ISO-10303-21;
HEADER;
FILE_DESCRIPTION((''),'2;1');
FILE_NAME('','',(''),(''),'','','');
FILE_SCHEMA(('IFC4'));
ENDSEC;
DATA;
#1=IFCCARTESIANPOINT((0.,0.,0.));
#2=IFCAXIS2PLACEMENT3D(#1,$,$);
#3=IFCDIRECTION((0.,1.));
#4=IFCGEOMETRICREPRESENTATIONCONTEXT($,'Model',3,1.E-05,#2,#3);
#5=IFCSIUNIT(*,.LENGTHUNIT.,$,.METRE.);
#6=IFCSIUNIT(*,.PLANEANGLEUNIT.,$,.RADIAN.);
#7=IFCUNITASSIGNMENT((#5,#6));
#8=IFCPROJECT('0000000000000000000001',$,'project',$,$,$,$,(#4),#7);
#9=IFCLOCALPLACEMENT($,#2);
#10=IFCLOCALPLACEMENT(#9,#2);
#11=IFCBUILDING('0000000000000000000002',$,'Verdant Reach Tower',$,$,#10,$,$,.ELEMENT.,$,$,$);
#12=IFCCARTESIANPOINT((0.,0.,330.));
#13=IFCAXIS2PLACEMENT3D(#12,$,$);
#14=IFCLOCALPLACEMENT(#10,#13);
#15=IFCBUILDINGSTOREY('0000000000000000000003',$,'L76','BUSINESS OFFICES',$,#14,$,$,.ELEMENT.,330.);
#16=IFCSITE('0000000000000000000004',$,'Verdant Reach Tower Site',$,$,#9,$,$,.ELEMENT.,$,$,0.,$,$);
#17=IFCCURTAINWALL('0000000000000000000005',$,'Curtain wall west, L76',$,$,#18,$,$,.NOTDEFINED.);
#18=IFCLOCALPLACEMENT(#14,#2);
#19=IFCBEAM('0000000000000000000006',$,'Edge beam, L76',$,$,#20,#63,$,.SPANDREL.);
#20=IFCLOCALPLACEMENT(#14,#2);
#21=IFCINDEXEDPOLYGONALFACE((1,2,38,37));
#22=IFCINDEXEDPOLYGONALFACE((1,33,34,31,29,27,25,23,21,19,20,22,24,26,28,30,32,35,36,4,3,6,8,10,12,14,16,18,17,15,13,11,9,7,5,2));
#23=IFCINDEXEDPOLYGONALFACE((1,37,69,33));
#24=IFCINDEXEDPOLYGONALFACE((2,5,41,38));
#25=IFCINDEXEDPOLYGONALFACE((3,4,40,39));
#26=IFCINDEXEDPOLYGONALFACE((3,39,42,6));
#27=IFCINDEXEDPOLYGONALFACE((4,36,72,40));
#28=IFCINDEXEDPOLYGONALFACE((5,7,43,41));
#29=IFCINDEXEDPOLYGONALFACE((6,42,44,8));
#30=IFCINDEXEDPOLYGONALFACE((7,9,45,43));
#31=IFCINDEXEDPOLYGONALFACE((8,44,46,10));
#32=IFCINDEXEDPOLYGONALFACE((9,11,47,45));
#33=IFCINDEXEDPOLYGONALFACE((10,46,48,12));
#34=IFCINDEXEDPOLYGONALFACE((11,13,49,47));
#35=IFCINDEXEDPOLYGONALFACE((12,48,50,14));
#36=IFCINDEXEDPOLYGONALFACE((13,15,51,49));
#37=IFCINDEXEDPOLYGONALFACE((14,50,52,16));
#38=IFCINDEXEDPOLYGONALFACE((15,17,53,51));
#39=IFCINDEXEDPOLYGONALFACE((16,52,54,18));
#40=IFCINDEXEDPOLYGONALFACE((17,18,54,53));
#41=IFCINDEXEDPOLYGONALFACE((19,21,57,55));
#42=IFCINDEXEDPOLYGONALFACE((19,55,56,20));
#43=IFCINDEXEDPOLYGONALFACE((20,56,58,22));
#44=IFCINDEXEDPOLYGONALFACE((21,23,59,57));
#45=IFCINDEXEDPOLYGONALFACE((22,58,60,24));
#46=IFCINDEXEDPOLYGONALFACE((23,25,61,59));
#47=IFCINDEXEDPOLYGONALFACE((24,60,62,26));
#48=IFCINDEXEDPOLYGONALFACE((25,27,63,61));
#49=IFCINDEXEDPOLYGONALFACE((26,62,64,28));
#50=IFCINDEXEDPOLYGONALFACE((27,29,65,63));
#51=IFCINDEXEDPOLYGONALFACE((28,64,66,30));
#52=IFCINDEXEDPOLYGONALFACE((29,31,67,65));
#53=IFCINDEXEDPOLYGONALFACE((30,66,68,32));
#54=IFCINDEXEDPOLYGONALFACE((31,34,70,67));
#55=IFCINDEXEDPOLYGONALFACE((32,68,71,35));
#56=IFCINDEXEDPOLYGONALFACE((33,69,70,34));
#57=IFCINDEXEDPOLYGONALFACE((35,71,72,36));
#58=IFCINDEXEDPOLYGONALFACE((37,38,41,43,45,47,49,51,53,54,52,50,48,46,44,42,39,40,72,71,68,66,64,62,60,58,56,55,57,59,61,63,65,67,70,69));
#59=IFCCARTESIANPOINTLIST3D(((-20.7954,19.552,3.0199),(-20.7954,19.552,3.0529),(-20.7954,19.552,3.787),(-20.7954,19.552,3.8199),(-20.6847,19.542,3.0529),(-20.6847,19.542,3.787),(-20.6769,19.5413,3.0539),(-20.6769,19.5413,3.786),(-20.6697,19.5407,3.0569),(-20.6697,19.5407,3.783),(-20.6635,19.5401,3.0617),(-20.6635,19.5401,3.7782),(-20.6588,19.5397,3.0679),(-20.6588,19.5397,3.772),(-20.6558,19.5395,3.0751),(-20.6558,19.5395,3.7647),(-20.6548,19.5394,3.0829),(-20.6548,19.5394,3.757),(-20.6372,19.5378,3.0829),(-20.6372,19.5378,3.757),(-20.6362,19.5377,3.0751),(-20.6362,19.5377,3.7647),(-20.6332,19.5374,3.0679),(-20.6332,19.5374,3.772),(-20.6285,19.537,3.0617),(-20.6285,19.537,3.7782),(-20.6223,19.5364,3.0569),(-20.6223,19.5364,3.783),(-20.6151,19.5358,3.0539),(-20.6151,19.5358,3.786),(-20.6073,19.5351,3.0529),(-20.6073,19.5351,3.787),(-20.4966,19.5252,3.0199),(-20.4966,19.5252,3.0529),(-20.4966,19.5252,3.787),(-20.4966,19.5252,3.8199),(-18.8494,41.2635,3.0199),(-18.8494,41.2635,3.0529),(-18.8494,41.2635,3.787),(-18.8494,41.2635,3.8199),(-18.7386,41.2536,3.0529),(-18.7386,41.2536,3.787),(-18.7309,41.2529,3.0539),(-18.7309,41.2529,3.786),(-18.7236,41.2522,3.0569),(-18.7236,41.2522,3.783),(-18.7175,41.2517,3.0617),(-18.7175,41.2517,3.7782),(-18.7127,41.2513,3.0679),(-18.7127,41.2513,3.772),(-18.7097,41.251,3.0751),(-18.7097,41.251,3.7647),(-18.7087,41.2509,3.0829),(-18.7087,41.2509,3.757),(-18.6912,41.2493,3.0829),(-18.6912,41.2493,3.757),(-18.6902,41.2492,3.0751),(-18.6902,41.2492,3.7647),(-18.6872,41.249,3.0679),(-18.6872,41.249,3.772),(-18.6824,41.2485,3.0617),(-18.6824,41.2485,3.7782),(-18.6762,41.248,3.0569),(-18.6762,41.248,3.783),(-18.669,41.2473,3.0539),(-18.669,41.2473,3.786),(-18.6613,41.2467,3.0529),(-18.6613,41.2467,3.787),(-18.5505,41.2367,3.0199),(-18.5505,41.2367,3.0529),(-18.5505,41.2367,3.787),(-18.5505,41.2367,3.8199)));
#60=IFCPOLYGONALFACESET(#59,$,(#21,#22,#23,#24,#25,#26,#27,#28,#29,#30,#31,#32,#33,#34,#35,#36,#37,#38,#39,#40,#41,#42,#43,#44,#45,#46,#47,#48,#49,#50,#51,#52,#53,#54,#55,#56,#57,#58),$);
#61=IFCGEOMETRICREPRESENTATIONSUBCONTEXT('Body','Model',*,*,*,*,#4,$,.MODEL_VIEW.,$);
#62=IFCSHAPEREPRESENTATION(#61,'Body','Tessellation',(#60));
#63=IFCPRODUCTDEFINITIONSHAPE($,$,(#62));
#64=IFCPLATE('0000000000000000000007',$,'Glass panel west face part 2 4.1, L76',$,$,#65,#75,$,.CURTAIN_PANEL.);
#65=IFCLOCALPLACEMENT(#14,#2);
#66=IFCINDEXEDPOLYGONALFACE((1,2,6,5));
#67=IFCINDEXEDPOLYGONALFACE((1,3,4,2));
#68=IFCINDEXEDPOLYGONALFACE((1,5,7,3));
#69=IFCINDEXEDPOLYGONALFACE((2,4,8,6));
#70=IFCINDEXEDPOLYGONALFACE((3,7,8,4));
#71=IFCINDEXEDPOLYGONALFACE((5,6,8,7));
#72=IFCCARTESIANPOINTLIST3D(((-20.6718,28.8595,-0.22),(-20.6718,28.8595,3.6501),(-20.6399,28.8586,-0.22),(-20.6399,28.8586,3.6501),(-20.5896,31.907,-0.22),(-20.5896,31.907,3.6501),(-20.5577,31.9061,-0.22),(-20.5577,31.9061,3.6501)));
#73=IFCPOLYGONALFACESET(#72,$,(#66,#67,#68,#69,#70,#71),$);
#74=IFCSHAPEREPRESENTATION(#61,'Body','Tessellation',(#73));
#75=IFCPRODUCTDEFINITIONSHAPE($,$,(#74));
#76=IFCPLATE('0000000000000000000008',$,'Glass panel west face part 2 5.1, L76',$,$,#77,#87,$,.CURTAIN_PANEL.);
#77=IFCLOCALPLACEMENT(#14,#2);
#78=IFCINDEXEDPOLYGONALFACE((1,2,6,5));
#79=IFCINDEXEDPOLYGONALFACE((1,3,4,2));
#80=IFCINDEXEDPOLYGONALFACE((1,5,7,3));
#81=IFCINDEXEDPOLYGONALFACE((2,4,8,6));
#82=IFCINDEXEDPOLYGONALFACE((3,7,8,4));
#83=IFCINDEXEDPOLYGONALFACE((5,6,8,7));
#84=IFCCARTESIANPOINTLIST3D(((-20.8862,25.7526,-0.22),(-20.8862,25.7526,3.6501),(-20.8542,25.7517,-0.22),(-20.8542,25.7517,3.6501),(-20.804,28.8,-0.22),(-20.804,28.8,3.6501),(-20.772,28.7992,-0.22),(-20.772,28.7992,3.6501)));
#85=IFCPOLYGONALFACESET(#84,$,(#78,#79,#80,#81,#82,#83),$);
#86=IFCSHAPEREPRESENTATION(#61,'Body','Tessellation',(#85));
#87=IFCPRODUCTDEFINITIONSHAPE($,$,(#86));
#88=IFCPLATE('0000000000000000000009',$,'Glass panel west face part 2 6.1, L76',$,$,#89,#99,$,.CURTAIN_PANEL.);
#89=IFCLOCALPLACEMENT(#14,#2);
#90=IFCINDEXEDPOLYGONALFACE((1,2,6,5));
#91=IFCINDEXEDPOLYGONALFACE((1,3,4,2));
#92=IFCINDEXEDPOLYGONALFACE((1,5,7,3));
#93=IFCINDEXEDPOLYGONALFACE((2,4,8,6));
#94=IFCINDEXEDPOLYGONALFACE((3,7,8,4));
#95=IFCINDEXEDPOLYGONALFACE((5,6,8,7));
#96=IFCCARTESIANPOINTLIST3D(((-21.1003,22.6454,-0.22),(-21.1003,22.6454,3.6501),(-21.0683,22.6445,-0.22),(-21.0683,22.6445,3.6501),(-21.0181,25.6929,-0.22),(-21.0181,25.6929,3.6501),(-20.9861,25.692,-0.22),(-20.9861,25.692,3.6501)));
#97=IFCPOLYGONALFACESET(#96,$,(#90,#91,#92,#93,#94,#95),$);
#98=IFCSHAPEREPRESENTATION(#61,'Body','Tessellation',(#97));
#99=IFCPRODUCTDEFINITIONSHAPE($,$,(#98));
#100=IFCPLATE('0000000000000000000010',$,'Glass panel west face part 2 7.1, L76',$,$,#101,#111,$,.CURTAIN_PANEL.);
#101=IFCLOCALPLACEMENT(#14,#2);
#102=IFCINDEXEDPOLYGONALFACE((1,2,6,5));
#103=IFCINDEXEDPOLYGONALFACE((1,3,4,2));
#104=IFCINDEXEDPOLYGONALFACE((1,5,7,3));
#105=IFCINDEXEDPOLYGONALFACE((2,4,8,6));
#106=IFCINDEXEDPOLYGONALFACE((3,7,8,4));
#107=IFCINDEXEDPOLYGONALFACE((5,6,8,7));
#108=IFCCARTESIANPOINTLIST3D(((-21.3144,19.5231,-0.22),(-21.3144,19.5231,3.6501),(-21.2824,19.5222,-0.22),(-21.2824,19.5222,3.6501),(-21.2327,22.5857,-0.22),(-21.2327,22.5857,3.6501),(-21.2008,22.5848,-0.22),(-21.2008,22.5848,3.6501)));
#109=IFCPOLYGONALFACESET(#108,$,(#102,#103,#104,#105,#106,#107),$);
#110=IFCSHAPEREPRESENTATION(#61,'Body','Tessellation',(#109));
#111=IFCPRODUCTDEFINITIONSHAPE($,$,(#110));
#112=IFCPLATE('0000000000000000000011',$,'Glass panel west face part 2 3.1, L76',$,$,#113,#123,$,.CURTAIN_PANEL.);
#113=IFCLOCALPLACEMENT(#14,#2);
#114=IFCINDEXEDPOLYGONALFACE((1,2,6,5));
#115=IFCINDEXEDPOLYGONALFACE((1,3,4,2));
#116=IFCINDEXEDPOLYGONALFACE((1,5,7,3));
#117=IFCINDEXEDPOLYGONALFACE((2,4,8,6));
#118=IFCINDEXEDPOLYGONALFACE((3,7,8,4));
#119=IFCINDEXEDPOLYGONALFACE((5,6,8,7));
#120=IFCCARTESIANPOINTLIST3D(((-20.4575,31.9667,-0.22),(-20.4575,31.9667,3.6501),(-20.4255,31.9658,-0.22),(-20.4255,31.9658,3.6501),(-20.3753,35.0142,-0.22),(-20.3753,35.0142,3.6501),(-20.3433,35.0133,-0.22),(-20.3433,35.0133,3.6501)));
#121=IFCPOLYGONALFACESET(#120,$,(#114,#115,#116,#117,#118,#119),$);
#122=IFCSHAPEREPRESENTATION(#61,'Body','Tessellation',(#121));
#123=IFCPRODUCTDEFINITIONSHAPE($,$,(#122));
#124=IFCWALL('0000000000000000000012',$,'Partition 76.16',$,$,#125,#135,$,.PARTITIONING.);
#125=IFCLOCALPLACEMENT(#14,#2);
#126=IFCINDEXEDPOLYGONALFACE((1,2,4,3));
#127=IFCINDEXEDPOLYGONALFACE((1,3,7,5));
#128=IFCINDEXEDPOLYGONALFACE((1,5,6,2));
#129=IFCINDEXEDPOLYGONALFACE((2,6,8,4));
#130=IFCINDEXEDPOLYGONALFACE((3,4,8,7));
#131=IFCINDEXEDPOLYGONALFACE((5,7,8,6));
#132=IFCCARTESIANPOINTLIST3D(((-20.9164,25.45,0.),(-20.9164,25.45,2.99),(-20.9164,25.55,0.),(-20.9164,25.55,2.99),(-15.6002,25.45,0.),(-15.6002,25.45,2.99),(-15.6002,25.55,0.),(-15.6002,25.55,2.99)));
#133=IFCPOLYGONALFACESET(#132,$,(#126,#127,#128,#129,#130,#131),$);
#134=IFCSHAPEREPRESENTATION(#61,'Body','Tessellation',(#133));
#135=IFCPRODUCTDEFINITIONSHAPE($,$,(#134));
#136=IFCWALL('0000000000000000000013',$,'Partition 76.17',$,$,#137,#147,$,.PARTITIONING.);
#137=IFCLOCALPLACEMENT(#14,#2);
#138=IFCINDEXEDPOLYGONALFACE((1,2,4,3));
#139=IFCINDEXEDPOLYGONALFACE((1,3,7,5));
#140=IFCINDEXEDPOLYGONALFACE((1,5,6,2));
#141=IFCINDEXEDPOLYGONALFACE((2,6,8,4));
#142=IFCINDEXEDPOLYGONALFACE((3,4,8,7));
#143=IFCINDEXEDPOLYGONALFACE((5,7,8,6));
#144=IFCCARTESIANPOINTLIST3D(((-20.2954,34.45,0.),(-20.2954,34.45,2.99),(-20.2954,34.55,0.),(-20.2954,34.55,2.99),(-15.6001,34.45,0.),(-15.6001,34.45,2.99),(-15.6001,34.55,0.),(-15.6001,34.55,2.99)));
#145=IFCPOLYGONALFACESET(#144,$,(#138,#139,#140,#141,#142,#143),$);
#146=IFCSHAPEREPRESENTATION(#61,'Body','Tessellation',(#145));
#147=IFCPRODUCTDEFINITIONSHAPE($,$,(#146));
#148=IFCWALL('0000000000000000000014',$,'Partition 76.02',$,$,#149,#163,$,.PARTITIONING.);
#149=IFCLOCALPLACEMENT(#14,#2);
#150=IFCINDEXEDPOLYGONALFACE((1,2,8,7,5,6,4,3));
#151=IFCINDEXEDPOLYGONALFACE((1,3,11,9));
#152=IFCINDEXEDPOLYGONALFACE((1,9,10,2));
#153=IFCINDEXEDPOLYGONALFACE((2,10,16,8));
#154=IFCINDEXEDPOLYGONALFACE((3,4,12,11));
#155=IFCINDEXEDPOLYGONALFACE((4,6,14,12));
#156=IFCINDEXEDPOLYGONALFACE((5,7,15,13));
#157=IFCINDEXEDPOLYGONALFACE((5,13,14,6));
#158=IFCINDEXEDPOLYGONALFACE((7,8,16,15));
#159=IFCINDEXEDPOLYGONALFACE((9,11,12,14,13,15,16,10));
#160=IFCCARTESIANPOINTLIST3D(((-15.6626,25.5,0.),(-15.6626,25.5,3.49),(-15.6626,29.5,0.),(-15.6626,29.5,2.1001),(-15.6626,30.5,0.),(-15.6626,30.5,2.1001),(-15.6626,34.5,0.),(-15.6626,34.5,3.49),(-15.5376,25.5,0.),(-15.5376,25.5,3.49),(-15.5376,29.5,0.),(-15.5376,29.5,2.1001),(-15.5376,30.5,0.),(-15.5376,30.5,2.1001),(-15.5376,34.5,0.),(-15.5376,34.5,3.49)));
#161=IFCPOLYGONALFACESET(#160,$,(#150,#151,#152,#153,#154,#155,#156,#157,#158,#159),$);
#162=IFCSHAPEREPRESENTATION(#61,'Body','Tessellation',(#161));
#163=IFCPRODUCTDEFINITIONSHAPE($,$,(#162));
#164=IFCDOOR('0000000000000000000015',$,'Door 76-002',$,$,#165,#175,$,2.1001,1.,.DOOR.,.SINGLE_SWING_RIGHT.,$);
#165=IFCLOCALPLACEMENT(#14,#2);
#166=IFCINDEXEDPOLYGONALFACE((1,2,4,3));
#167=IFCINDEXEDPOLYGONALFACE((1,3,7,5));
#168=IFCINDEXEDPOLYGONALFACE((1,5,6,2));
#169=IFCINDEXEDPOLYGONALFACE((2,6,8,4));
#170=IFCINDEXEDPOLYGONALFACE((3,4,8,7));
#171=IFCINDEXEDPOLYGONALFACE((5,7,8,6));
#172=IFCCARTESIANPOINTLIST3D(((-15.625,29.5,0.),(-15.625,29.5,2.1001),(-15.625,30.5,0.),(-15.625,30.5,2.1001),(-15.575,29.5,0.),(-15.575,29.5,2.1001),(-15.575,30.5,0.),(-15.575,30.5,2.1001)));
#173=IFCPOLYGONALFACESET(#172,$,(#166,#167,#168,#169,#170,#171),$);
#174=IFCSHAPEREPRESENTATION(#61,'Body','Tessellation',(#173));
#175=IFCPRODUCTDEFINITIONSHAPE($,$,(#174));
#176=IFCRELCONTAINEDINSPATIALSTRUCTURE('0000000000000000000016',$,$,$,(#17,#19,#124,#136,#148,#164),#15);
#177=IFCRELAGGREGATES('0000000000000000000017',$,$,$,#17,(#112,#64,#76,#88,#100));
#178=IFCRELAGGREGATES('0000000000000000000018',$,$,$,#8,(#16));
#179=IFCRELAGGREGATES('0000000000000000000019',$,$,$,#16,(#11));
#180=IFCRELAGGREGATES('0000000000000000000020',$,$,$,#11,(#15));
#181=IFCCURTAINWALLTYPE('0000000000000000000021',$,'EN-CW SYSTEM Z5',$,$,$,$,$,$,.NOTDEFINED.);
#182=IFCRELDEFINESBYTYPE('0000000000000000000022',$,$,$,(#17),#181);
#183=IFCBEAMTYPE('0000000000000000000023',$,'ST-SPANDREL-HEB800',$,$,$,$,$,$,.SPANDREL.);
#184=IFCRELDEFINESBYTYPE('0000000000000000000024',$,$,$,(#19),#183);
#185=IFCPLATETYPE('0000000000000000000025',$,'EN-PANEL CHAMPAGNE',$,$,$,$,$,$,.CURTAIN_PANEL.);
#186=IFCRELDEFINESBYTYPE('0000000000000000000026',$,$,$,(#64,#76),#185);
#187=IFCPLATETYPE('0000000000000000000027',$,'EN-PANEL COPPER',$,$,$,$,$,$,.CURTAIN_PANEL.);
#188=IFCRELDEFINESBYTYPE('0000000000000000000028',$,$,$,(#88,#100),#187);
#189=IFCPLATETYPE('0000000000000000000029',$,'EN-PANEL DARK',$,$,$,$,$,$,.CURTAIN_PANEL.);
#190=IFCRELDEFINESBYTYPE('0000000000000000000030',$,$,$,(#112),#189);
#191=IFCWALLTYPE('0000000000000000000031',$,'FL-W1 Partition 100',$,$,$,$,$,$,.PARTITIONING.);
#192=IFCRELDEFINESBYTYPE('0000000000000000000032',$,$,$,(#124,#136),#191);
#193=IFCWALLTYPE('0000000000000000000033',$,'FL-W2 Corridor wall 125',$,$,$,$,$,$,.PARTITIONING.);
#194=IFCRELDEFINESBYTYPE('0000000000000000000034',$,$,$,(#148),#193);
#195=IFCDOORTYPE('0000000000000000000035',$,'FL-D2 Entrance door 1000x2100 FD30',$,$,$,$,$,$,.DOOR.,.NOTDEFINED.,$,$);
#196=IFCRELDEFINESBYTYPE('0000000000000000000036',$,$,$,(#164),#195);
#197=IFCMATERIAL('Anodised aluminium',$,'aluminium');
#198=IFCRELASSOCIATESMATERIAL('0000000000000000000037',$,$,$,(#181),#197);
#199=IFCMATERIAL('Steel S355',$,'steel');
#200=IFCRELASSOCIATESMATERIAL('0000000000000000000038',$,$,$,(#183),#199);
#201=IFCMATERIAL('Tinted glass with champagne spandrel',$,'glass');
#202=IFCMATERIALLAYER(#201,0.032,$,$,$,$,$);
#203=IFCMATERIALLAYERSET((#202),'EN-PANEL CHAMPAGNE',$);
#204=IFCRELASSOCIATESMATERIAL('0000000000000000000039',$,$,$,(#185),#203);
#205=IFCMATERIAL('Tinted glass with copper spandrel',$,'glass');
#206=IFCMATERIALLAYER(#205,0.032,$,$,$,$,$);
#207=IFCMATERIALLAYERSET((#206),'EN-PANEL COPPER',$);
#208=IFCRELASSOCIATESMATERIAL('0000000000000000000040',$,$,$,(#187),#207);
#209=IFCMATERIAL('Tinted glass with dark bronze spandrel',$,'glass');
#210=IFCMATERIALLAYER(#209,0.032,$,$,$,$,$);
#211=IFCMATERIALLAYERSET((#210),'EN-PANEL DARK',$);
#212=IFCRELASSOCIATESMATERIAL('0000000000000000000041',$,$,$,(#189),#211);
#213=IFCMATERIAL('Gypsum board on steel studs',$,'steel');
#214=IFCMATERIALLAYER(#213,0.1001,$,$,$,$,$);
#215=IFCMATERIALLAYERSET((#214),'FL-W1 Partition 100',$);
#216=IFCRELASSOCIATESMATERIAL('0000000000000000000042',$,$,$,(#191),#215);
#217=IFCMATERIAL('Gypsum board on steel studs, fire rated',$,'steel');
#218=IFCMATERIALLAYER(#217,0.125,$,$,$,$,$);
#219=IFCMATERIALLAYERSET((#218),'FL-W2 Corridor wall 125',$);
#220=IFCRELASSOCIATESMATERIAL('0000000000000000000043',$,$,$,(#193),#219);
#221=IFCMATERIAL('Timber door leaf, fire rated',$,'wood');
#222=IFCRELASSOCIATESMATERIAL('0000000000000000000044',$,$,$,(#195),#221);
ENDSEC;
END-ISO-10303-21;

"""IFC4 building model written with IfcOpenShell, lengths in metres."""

from ifc_helpers import new_model, si_unit, direction, frame, frame_2d, origin, origin_2d, place, context, subcontext, project, spatial, rectangle, i_section, extrude, material, layer, layer_set, material_profile, profile_set, type_object, element, fill, aggregate, save


model = new_model("IFC4")

# Units and contexts
model_context = context("Model", 3, precision=1e-05, world=origin(), true_north=direction((0.0, 1.0)))
body_context = subcontext(model_context, "Body", "Model", "MODEL_VIEW")
ifc_project = project(units=[si_unit("LENGTHUNIT", "METRE"), si_unit("PLANEANGLEUNIT", "RADIAN")], contexts=[model_context])

# Site, building, storey
site_placement = place(None, origin())
site = spatial("IfcSite", under=ifc_project, at=site_placement, Name="Verdant Reach Tower Site", CompositionType="ELEMENT", RefElevation=0.0)
building_placement = place(site_placement, origin())
building = spatial("IfcBuilding", under=site, at=building_placement, Name="Verdant Reach Tower", CompositionType="ELEMENT")
storey_placement = place(building_placement, frame((0.0, 0.0, 330.0)))
storey = spatial("IfcBuildingStorey", under=building, at=storey_placement, Name="L76", Description="BUSINESS OFFICES", CompositionType="ELEMENT", Elevation=330.0)

# Curtain wall
ifc_material_1 = material(Name="Anodised aluminium", Category="aluminium")
curtain_wall_type = type_object("IfcCurtainWallType", Name="EN-CW SYSTEM Z5", PredefinedType="NOTDEFINED", material=ifc_material_1)
curtain_wall_1_placement = place(storey_placement, origin())
curtain_wall_1 = element("IfcCurtainWall", 1, at=curtain_wall_1_placement, inside=storey, type_object=curtain_wall_type, Name="Curtain wall west, L76", PredefinedType="NOTDEFINED")

# Beam
ifc_material_2 = material(Name="Steel S355", Category="steel")
ifc_material_profile_1 = material_profile(ifc_material_2, i_section(OverallWidth=0.3, OverallDepth=0.8, WebThickness=0.0176, FlangeThickness=0.033, FilletRadius=0.03, at=origin_2d()), Name="HEB 800")
ifc_profile_set_1 = profile_set([ifc_material_profile_1], Name="Steel S355")
beam_type_1 = type_object("IfcBeamType", Name="ST-SPANDREL-HEB800", PredefinedType="SPANDREL", material=ifc_profile_set_1)
beam_1_placement = place(storey_placement, frame((-20.646, 19.5386, 3.4199), z_axis=(0.089274, 0.996007, 0.0), x_axis=(-0.996007, 0.089274, 0.0)))
element("IfcBeam", 2, at=beam_1_placement, inside=storey, type_object=beam_type_1, Name="Edge beam, L76", PredefinedType="SPANDREL", context=body_context, shape_type="SweptSolid", body=[
    extrude(i_section(OverallWidth=0.3, OverallDepth=0.8, WebThickness=0.0176, FlangeThickness=0.033, FilletRadius=0.03, at=origin_2d()), origin(), (0.0, 0.0, 1.0), 21.7986),
])

# Plates
ifc_material_3 = material(Name="Tinted glass with champagne spandrel", Category="glass")
ifc_layer_1 = layer(ifc_material_3, 0.032)
ifc_layer_set_1 = layer_set([ifc_layer_1], Name="EN-PANEL CHAMPAGNE")
plate_type_1 = type_object("IfcPlateType", Name="EN-PANEL CHAMPAGNE", PredefinedType="CURTAIN_PANEL", material=ifc_layer_set_1)
plate_1_placement = place(storey_placement, frame((-20.6147, 30.3828, -0.22), z_axis=(0.0, 0.0, 1.0), x_axis=(-0.026965, -0.999636, 0.0)))
plate_1 = element("IfcPlate", 3, at=plate_1_placement, type_object=plate_type_1, Name="Glass panel west face part 2 4.1, L76", PredefinedType="CURTAIN_PANEL", context=body_context, shape_type="SweptSolid", body=[
    extrude(rectangle(XDim=3.0486, YDim=0.032, at=origin_2d()), origin(), (0.0, 0.0, 1.0), 3.8701),
])
plate_2_placement = place(storey_placement, frame((-20.8291, 27.2759, -0.22), z_axis=(0.0, 0.0, 1.0), x_axis=(-0.026965, -0.999636, 0.0)))
plate_2 = element("IfcPlate", 4, at=plate_2_placement, type_object=plate_type_1, Name="Glass panel west face part 2 5.1, L76", PredefinedType="CURTAIN_PANEL", context=body_context, shape_type="SweptSolid", body=[
    extrude(rectangle(XDim=3.0486, YDim=0.032, at=origin_2d()), origin(), (0.0, 0.0, 1.0), 3.8701),
])
ifc_material_4 = material(Name="Tinted glass with copper spandrel", Category="glass")
ifc_layer_2 = layer(ifc_material_4, 0.032)
ifc_layer_set_2 = layer_set([ifc_layer_2], Name="EN-PANEL COPPER")
plate_type_2 = type_object("IfcPlateType", Name="EN-PANEL COPPER", PredefinedType="CURTAIN_PANEL", material=ifc_layer_set_2)
plate_3_placement = place(storey_placement, frame((-21.0432, 24.1687, -0.22), z_axis=(0.0, 0.0, 1.0), x_axis=(-0.026965, -0.999636, 0.0)))
plate_3 = element("IfcPlate", 5, at=plate_3_placement, type_object=plate_type_2, Name="Glass panel west face part 2 6.1, L76", PredefinedType="CURTAIN_PANEL", context=body_context, shape_type="SweptSolid", body=[
    extrude(rectangle(XDim=3.0486, YDim=0.032, at=origin_2d()), origin(), (0.0, 0.0, 1.0), 3.8701),
])
plate_4_placement = place(storey_placement, frame((-21.2576, 21.054, -0.22), z_axis=(0.0, 0.0, 1.0), x_axis=(-0.026643, -0.999645, 0.0)))
plate_4 = element("IfcPlate", 6, at=plate_4_placement, type_object=plate_type_2, Name="Glass panel west face part 2 7.1, L76", PredefinedType="CURTAIN_PANEL", context=body_context, shape_type="SweptSolid", body=[
    extrude(rectangle(XDim=3.0637, YDim=0.032, at=origin_2d()), origin(), (0.0, 0.0, 1.0), 3.8701),
])
ifc_material_5 = material(Name="Tinted glass with dark bronze spandrel", Category="glass")
ifc_layer_3 = layer(ifc_material_5, 0.032)
ifc_layer_set_3 = layer_set([ifc_layer_3], Name="EN-PANEL DARK")
plate_type_3 = type_object("IfcPlateType", Name="EN-PANEL DARK", PredefinedType="CURTAIN_PANEL", material=ifc_layer_set_3)
plate_5_placement = place(storey_placement, frame((-20.4004, 33.49, -0.22), z_axis=(0.0, 0.0, 1.0), x_axis=(-0.026965, -0.999636, 0.0)))
plate_5 = element("IfcPlate", 7, at=plate_5_placement, type_object=plate_type_3, Name="Glass panel west face part 2 3.1, L76", PredefinedType="CURTAIN_PANEL", context=body_context, shape_type="SweptSolid", body=[
    extrude(rectangle(XDim=3.0486, YDim=0.032, at=origin_2d()), origin(), (0.0, 0.0, 1.0), 3.8701),
])
aggregate(curtain_wall_1, [plate_5, plate_1, plate_2, plate_3, plate_4])

# Walls
ifc_material_6 = material(Name="Gypsum board on steel studs", Category="steel")
ifc_layer_4 = layer(ifc_material_6, 0.1001)
ifc_layer_set_4 = layer_set([ifc_layer_4], Name="FL-W1 Partition 100")
wall_type_1 = type_object("IfcWallType", Name="FL-W1 Partition 100", PredefinedType="PARTITIONING", material=ifc_layer_set_4)
wall_1_placement = place(storey_placement, frame((-15.6001, 25.5, 0.0), z_axis=(0.0, 0.0, 1.0), x_axis=(-1.0, 0.0, 0.0)))
element("IfcWall", 8, at=wall_1_placement, inside=storey, type_object=wall_type_1, Name="Partition 76.16", PredefinedType="PARTITIONING", context=body_context, shape_type="SweptSolid", body=[
    extrude(rectangle(XDim=5.3162, YDim=0.1001, at=frame_2d((2.6582, 0.0))), origin(), (0.0, 0.0, 1.0), 2.99),
])
wall_2_placement = place(storey_placement, frame((-15.6001, 34.5, 0.0), z_axis=(0.0, 0.0, 1.0), x_axis=(-1.0, 0.0, 0.0)))
element("IfcWall", 9, at=wall_2_placement, inside=storey, type_object=wall_type_1, Name="Partition 76.17", PredefinedType="PARTITIONING", context=body_context, shape_type="SweptSolid", body=[
    extrude(rectangle(XDim=4.6953, YDim=0.1001, at=frame_2d((2.3477, 0.0))), origin(), (0.0, 0.0, 1.0), 2.99),
])

# Wall, opening, door
ifc_material_7 = material(Name="Gypsum board on steel studs, fire rated", Category="steel")
ifc_layer_5 = layer(ifc_material_7, 0.125)
ifc_layer_set_5 = layer_set([ifc_layer_5], Name="FL-W2 Corridor wall 125")
wall_type_2 = type_object("IfcWallType", Name="FL-W2 Corridor wall 125", PredefinedType="PARTITIONING", material=ifc_layer_set_5)
wall_3_placement = place(storey_placement, frame((-15.6001, 25.5, 0.0), z_axis=(0.0, 0.0, 1.0), x_axis=(0.0, 1.0, 0.0)))
wall_3 = element("IfcWall", 10, at=wall_3_placement, inside=storey, type_object=wall_type_2, Name="Partition 76.02", PredefinedType="PARTITIONING", context=body_context, shape_type="SweptSolid", body=[
    extrude(rectangle(XDim=9.0, YDim=0.125, at=frame_2d((4.5, 0.0))), origin(), (0.0, 0.0, 1.0), 3.49),
])
opening_1_placement = place(wall_3_placement, frame((4.0, 0.0, 0.0)))
opening_1 = element("IfcOpeningElement", 11, at=opening_1_placement, cuts=wall_3, PredefinedType="OPENING", context=body_context, shape_type="SweptSolid", body=[
    extrude(rectangle(XDim=1.0, YDim=2.1001, at=frame_2d((0.5, 1.05))), frame((0.0, 0.0725, 0.0), z_axis=(0.0, -1.0, 0.0), x_axis=(1.0, 0.0, 0.0)), (0.0, 0.0, 1.0), 0.145),
])
ifc_material_8 = material(Name="Timber door leaf, fire rated", Category="wood")
door_type = type_object("IfcDoorType", Name="FL-D2 Entrance door 1000x2100 FD30", OperationType="NOTDEFINED", PredefinedType="DOOR", material=ifc_material_8)
door_1_placement = place(opening_1_placement, origin())
door_1 = element("IfcDoor", 12, at=door_1_placement, inside=storey, type_object=door_type, Name="Door 76-002", OperationType="SINGLE_SWING_RIGHT", OverallHeight=2.1001, OverallWidth=1.0, PredefinedType="DOOR", context=body_context, shape_type="SweptSolid", body=[
    extrude(rectangle(XDim=1.0, YDim=2.1001, at=frame_2d((0.5, 1.05))), frame((0.0, 0.0249, 0.0), z_axis=(0.0, -1.0, 0.0), x_axis=(1.0, 0.0, 0.0)), (0.0, 0.0, 1.0), 0.05),
])
fill(opening_1, door_1)

save(model, "model.ifc")
